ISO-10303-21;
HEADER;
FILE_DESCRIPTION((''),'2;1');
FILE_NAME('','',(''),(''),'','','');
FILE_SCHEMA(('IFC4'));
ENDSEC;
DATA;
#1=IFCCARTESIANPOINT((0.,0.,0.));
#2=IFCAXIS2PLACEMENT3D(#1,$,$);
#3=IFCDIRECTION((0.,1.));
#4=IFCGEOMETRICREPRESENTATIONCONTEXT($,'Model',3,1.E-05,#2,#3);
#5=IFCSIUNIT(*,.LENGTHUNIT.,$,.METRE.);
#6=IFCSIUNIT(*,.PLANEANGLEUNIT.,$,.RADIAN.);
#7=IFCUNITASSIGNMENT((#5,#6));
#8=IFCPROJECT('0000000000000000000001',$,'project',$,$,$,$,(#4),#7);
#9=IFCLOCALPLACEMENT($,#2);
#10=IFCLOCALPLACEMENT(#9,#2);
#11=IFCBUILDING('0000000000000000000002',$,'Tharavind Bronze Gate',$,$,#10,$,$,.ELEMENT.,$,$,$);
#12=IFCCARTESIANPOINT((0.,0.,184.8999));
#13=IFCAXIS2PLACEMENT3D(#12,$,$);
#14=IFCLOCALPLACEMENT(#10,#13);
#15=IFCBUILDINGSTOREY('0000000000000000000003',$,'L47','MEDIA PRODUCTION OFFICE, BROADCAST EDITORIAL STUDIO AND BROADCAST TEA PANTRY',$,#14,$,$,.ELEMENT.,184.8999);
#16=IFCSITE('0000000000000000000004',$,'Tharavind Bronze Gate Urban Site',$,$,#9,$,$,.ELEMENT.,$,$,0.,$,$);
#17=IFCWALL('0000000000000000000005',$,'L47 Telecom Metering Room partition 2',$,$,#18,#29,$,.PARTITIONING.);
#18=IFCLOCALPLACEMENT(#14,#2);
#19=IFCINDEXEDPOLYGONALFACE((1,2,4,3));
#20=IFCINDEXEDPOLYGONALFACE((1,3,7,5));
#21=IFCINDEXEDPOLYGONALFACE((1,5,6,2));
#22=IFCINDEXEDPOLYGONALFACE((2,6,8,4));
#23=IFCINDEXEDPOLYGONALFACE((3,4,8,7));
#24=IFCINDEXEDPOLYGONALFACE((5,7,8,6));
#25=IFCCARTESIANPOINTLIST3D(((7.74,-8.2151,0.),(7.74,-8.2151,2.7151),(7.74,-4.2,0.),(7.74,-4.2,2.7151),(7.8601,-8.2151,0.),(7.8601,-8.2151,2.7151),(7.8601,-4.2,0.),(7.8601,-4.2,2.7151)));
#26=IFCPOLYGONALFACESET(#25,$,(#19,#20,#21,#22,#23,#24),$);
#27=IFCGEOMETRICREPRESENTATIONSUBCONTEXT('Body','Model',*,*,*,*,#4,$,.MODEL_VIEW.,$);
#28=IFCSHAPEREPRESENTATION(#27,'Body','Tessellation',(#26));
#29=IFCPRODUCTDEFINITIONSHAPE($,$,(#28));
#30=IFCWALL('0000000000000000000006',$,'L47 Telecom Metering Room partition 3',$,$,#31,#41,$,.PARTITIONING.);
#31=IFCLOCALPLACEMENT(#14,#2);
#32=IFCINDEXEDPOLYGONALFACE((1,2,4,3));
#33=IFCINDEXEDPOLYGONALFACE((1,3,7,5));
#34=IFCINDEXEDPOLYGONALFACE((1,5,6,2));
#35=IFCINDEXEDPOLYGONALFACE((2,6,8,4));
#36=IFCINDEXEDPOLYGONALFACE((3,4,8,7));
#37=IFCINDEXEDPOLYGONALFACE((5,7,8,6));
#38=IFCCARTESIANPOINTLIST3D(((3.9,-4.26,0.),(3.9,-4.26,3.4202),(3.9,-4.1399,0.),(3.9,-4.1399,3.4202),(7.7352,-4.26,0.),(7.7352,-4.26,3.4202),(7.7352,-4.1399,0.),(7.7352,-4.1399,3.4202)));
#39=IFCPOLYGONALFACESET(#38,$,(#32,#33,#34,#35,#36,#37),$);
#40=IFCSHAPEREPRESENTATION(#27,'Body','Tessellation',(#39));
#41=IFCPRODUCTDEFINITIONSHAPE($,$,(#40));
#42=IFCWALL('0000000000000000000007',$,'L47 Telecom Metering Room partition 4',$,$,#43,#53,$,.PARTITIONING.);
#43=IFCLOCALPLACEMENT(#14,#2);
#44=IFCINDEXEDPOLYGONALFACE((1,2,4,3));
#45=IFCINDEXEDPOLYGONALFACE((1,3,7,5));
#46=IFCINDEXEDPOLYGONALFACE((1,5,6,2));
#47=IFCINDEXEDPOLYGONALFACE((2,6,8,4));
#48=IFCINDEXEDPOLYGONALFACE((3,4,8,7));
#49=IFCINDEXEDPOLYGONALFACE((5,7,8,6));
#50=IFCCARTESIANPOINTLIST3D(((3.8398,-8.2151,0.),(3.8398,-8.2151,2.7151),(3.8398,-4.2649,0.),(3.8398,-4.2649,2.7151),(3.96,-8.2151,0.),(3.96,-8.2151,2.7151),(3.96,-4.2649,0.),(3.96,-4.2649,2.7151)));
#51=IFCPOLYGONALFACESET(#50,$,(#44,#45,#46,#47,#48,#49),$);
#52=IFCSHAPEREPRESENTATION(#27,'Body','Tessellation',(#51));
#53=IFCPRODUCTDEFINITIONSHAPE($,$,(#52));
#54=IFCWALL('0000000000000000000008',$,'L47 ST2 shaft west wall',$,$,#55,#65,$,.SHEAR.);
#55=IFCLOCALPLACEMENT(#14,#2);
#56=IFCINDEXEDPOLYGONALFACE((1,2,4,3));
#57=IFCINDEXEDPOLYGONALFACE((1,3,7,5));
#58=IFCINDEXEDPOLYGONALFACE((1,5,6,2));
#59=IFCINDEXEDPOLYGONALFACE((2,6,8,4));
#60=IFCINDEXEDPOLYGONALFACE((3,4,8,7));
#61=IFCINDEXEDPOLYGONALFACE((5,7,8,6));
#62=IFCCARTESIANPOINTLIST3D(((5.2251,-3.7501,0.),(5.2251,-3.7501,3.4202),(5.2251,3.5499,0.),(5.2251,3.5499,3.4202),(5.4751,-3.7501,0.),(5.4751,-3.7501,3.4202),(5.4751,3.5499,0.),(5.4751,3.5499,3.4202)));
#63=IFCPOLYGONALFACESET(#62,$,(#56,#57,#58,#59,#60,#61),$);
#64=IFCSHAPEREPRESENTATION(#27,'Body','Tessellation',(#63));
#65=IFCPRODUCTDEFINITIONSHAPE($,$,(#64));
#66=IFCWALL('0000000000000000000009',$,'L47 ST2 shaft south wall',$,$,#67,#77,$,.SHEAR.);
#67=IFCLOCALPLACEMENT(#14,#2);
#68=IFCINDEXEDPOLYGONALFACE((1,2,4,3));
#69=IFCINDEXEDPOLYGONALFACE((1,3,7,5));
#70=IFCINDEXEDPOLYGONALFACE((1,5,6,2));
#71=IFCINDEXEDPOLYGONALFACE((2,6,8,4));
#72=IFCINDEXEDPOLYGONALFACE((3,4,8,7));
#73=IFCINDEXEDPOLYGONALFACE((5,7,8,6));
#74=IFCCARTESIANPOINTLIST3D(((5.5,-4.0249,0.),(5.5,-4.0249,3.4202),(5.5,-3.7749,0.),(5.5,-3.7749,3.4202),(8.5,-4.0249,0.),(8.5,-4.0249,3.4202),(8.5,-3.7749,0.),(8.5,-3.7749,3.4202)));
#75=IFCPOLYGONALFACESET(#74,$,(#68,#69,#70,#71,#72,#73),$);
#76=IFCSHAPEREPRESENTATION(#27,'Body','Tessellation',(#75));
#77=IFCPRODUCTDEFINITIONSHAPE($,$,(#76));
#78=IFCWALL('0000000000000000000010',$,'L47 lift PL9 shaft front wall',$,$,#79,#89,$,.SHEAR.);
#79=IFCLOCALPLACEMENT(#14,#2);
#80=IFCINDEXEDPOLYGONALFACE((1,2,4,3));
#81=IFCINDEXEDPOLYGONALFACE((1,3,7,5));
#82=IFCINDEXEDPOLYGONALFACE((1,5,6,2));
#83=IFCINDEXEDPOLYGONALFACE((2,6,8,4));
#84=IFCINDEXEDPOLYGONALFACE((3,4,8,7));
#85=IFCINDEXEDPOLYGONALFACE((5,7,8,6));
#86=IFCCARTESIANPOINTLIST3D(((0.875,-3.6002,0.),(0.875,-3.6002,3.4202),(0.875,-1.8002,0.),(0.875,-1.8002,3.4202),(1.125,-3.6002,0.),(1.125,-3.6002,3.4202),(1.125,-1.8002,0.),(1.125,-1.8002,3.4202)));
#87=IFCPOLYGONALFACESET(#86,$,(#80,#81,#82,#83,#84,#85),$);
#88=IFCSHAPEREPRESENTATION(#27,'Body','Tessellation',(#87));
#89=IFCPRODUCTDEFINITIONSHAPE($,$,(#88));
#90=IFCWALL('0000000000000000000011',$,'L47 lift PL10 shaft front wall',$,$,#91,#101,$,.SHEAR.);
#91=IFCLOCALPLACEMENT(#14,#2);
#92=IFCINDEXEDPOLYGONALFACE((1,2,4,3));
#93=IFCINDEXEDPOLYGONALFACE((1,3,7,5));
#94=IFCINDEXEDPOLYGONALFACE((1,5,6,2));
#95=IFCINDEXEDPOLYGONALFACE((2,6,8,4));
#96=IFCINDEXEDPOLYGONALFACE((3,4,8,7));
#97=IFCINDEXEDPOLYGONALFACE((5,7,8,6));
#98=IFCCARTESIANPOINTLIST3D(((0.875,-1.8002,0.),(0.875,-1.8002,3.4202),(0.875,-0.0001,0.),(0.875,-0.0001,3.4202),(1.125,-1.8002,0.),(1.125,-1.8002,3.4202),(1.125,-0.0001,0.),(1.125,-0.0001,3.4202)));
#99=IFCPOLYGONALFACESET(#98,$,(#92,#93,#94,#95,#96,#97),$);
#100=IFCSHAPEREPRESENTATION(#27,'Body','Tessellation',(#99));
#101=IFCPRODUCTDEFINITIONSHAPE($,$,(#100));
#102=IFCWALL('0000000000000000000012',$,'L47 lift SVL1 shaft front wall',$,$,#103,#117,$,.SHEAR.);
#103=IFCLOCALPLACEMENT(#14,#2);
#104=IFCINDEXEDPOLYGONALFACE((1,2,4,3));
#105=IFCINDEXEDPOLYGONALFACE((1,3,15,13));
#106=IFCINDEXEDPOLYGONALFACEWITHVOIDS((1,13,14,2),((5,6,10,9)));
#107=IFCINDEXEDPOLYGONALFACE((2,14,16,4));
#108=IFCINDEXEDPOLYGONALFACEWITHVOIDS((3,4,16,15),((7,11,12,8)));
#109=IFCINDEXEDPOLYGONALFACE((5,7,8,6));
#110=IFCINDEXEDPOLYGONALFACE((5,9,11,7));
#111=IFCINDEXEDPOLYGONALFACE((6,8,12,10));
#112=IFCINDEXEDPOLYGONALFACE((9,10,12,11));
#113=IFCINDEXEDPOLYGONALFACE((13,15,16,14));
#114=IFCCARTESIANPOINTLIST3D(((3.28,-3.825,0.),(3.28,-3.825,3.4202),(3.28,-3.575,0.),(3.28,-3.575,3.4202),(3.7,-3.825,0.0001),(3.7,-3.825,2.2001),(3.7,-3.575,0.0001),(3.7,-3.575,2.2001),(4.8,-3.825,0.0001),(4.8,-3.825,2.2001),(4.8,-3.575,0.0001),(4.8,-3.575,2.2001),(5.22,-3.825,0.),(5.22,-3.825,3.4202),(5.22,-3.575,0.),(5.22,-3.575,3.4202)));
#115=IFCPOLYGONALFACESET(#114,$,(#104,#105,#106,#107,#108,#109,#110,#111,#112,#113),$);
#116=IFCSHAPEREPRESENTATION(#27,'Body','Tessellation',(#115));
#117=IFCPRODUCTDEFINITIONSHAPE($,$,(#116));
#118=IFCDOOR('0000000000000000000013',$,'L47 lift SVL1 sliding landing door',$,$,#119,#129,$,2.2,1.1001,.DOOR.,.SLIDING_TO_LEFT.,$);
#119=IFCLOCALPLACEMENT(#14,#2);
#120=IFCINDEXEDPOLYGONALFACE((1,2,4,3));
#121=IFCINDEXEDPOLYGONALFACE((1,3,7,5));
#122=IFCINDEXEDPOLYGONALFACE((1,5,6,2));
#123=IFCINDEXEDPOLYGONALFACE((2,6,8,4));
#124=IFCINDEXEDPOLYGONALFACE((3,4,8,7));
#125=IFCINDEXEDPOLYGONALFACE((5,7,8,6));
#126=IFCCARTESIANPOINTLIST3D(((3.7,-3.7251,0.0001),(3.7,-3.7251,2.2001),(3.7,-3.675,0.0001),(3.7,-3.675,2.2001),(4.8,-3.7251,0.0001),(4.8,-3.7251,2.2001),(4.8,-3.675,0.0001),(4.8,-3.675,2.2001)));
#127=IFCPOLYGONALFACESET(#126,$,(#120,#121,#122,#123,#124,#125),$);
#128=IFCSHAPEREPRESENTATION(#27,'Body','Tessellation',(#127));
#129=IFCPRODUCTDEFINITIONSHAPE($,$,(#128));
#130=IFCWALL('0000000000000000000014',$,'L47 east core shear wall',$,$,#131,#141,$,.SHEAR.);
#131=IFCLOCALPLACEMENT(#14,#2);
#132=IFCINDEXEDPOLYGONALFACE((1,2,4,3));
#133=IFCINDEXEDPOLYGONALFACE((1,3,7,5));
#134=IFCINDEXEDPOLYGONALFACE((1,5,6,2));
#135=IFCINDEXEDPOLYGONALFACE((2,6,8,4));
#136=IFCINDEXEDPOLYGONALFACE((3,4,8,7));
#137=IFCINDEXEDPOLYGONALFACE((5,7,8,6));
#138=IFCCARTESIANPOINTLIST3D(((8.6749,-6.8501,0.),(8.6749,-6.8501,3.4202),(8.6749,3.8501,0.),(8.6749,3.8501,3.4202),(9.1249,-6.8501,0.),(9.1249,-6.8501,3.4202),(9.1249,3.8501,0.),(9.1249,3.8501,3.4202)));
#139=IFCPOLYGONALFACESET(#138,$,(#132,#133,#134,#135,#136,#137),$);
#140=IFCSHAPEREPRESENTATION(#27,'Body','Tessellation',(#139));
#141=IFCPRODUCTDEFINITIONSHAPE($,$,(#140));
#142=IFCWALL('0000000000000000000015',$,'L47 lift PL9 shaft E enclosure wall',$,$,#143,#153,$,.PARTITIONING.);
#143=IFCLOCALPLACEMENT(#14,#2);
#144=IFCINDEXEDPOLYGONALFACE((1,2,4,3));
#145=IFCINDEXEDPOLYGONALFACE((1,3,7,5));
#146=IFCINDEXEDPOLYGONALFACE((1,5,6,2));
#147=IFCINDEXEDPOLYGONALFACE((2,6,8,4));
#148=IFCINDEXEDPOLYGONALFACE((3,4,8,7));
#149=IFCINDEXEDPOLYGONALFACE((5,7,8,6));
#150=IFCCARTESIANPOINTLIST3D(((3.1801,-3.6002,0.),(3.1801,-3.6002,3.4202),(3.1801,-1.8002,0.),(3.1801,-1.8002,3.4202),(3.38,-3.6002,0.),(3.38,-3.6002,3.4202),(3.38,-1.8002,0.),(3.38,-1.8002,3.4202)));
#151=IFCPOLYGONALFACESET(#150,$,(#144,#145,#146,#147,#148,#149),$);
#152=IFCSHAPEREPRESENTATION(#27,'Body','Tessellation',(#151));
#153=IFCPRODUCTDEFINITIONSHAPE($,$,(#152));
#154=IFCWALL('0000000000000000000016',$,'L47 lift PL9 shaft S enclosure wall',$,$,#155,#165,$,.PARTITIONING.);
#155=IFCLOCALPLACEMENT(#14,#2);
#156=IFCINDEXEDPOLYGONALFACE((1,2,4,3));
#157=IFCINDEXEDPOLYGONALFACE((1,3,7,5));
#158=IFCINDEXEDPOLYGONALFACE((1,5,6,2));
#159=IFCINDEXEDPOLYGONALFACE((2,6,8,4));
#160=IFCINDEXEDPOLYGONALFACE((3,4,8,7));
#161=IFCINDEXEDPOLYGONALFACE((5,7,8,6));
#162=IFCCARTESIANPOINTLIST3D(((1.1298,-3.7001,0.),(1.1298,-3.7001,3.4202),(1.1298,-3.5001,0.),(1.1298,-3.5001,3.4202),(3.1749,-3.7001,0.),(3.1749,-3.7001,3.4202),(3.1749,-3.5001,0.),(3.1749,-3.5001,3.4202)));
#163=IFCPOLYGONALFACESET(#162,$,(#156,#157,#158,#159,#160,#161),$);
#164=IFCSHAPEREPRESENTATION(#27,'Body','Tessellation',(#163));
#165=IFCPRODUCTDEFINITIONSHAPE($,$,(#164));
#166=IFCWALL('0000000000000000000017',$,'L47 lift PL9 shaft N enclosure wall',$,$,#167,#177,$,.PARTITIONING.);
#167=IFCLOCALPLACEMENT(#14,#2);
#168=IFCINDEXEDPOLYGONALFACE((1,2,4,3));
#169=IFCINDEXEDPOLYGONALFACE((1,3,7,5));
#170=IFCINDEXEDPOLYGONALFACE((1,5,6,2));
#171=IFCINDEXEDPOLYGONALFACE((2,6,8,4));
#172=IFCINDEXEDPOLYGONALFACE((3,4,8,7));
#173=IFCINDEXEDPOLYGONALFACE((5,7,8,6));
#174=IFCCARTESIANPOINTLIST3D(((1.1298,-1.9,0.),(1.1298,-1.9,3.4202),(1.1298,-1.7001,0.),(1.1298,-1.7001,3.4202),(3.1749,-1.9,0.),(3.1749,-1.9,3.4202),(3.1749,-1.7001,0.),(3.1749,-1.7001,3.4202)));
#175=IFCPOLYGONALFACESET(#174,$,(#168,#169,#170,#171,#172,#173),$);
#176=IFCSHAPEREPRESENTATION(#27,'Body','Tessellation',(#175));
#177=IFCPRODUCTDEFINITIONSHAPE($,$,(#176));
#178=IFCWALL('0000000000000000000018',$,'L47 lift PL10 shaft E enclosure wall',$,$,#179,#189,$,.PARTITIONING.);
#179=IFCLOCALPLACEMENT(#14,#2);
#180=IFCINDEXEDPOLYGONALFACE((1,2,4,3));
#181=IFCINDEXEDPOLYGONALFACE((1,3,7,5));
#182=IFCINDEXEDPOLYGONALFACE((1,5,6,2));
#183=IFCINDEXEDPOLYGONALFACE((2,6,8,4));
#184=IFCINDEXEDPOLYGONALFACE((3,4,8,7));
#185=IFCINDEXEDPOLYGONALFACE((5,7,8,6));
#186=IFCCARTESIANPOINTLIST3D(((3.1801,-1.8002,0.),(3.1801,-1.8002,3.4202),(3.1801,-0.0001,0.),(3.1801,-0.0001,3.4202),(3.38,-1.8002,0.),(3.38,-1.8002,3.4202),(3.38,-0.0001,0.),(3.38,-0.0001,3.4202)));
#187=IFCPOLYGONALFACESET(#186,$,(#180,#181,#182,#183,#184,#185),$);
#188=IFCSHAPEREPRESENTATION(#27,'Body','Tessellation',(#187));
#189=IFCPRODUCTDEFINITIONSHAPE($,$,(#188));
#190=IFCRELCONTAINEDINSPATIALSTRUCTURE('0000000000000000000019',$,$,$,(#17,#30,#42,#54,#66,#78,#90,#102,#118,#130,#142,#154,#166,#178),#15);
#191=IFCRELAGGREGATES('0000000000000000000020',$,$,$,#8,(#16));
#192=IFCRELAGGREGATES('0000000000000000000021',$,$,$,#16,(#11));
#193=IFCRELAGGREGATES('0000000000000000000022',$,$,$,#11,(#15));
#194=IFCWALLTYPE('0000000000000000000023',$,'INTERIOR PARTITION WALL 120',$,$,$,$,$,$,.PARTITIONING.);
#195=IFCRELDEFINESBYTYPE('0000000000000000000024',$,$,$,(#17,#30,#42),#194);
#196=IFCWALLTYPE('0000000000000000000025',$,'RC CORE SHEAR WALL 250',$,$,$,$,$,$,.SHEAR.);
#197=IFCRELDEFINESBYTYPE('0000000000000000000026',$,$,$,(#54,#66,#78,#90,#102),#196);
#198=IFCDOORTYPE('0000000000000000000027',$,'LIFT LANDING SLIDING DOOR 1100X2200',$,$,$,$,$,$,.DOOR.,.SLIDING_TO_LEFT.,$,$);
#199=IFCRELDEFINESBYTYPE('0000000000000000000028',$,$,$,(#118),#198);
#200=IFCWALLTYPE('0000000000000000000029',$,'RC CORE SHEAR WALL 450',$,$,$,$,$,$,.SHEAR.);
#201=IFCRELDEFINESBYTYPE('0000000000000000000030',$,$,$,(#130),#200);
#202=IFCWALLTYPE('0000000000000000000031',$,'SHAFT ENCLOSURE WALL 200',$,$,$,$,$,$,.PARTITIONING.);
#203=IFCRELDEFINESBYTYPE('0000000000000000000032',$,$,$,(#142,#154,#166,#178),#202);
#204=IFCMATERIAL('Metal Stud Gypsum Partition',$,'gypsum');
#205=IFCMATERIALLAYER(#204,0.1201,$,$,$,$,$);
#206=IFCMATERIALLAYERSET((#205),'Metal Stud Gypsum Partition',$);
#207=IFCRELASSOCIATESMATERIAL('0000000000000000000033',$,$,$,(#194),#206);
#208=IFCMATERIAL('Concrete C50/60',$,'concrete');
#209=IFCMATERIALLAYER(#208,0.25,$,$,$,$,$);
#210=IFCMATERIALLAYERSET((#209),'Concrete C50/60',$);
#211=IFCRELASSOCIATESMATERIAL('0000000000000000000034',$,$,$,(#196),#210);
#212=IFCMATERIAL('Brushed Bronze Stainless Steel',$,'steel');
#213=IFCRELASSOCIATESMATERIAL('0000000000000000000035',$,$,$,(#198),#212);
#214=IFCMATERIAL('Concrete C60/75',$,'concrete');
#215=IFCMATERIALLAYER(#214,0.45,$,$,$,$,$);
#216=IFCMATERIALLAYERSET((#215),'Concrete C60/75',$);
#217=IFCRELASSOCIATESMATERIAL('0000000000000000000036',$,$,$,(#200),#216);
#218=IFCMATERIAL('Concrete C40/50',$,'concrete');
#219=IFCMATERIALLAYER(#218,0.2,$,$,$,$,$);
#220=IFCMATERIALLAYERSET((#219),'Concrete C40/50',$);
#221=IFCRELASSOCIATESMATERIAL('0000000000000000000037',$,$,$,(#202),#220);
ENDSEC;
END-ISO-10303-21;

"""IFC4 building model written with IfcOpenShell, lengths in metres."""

from ifc_helpers import new_model, si_unit, direction, frame, frame_2d, origin, place, context, subcontext, project, spatial, rectangle, extrude, material, layer, layer_set, type_object, element, fill, save


model = new_model("IFC4")

# Units and contexts
model_context = context("Model", 3, precision=1e-05, world=origin(), true_north=direction((0.0, 1.0)))
body_context = subcontext(model_context, "Body", "Model", "MODEL_VIEW")
ifc_project = project(units=[si_unit("LENGTHUNIT", "METRE"), si_unit("PLANEANGLEUNIT", "RADIAN")], contexts=[model_context])

# Site, building, storey
site_placement = place(None, origin())
site = spatial("IfcSite", under=ifc_project, at=site_placement, Name="Tharavind Bronze Gate Urban Site", CompositionType="ELEMENT", RefElevation=0.0)
building_placement = place(site_placement, origin())
building = spatial("IfcBuilding", under=site, at=building_placement, Name="Tharavind Bronze Gate", CompositionType="ELEMENT")
storey_placement = place(building_placement, frame((0.0, 0.0, 184.8999)))
storey = spatial("IfcBuildingStorey", under=building, at=storey_placement, Name="L47", Description="MEDIA PRODUCTION OFFICE, BROADCAST EDITORIAL STUDIO AND BROADCAST TEA PANTRY", CompositionType="ELEMENT", Elevation=184.8999)

# Shared definitions
ifc_material_1 = material(Name="Concrete C60/75", Category="concrete")

# Walls
ifc_material_2 = material(Name="Metal Stud Gypsum Partition", Category="gypsum")
ifc_layer_1 = layer(ifc_material_2, 0.1201)
ifc_layer_set_1 = layer_set([ifc_layer_1], Name="Metal Stud Gypsum Partition")
wall_type_1 = type_object("IfcWallType", Name="INTERIOR PARTITION WALL 120", PredefinedType="PARTITIONING", material=ifc_layer_set_1)
wall_1_placement = place(storey_placement, frame((7.8, -8.2151, 0.0), z_axis=(0.0, 0.0, 1.0), x_axis=(0.0, 1.0, 0.0)))
element("IfcWall", 1, at=wall_1_placement, inside=storey, type_object=wall_type_1, Name="L47 Telecom Metering Room partition 2", PredefinedType="PARTITIONING", context=body_context, shape_type="SweptSolid", body=[
    extrude(rectangle(XDim=4.0151, YDim=0.1201, at=frame_2d((2.0076, 0.0))), origin(), (0.0, 0.0, 1.0), 2.7151),
])
wall_2_placement = place(storey_placement, frame((7.7351, -4.2, 0.0), z_axis=(0.0, 0.0, 1.0), x_axis=(-1.0, 0.0, 0.0)))
element("IfcWall", 2, at=wall_2_placement, inside=storey, type_object=wall_type_1, Name="L47 Telecom Metering Room partition 3", PredefinedType="PARTITIONING", context=body_context, shape_type="SweptSolid", body=[
    extrude(rectangle(XDim=3.8352, YDim=0.1201, at=frame_2d((1.9175, 0.0))), origin(), (0.0, 0.0, 1.0), 3.4202),
])
wall_3_placement = place(storey_placement, frame((3.8999, -4.2649, 0.0), z_axis=(0.0, 0.0, 1.0), x_axis=(0.0, -1.0, 0.0)))
element("IfcWall", 3, at=wall_3_placement, inside=storey, type_object=wall_type_1, Name="L47 Telecom Metering Room partition 4", PredefinedType="PARTITIONING", context=body_context, shape_type="SweptSolid", body=[
    extrude(rectangle(XDim=3.9502, YDim=0.1201, at=frame_2d((1.9751, 0.0))), origin(), (0.0, 0.0, 1.0), 2.7151),
])
ifc_material_3 = material(Name="Concrete C50/60", Category="concrete")
ifc_layer_2 = layer(ifc_material_3, 0.25)
ifc_layer_set_2 = layer_set([ifc_layer_2], Name="Concrete C50/60")
wall_type_2 = type_object("IfcWallType", Name="RC CORE SHEAR WALL 250", PredefinedType="SHEAR", material=ifc_layer_set_2)
wall_4_placement = place(storey_placement, frame((5.3501, -3.75, 0.0), z_axis=(0.0, 0.0, 1.0), x_axis=(0.0, 1.0, 0.0)))
element("IfcWall", 4, at=wall_4_placement, inside=storey, type_object=wall_type_2, Name="L47 ST2 shaft west wall", PredefinedType="SHEAR", context=body_context, shape_type="SweptSolid", body=[
    extrude(rectangle(XDim=7.3, YDim=0.25, at=frame_2d((3.6499, 0.0))), origin(), (0.0, 0.0, 1.0), 3.4202),
])
wall_5_placement = place(storey_placement, frame((5.5, -3.8999, 0.0), z_axis=(0.0, 0.0, 1.0), x_axis=(1.0, 0.0, 0.0)))
element("IfcWall", 5, at=wall_5_placement, inside=storey, type_object=wall_type_2, Name="L47 ST2 shaft south wall", PredefinedType="SHEAR", context=body_context, shape_type="SweptSolid", body=[
    extrude(rectangle(XDim=3.0, YDim=0.25, at=frame_2d((1.5, 0.0))), origin(), (0.0, 0.0, 1.0), 3.4202),
])
for number, where, z_axis, x_axis, name in (
    (6, (1.0, -3.6001, 0.0), (0.0, 0.0, 1.0), (0.0, 1.0, 0.0), "L47 lift PL9 shaft front wall"),
    (7, (1.0, -1.8, 0.0), (0.0, 0.0, 1.0), (0.0, 1.0, 0.0), "L47 lift PL10 shaft front wall"),
):
    element("IfcWall", number, at=place(storey_placement, frame(where, z_axis=z_axis, x_axis=x_axis)), inside=storey, type_object=wall_type_2, Name=name, PredefinedType="SHEAR", context=body_context, shape_type="SweptSolid", body=[
        extrude(rectangle(XDim=1.8, YDim=0.25, at=frame_2d((0.8999, 0.0))), origin(), (0.0, 0.0, 1.0), 3.4202),
    ])

# Wall, opening, door
wall_6_placement = place(storey_placement, frame((3.28, -3.7, 0.0), z_axis=(0.0, 0.0, 1.0), x_axis=(1.0, 0.0, 0.0)))
wall_6 = element("IfcWall", 8, at=wall_6_placement, inside=storey, type_object=wall_type_2, Name="L47 lift SVL1 shaft front wall", PredefinedType="SHEAR", context=body_context, shape_type="SweptSolid", body=[
    extrude(rectangle(XDim=1.9399, YDim=0.25, at=frame_2d((0.97, 0.0))), origin(), (0.0, 0.0, 1.0), 3.4202),
])
opening_placement = place(wall_6_placement, frame((0.4199, 0.0, 0.0)))
opening = element("IfcOpeningElement", 9, at=opening_placement, cuts=wall_6, PredefinedType="OPENING", context=body_context, shape_type="SweptSolid", body=[
    extrude(rectangle(XDim=1.1001, YDim=2.2, at=frame_2d((0.55, 1.1001))), frame((0.0, 0.135, 0.0), z_axis=(0.0, -1.0, 0.0), x_axis=(1.0, 0.0, 0.0)), (0.0, 0.0, 1.0), 0.27),
])
ifc_material_4 = material(Name="Brushed Bronze Stainless Steel", Category="steel")
door_type = type_object("IfcDoorType", Name="LIFT LANDING SLIDING DOOR 1100X2200", OperationType="SLIDING_TO_LEFT", PredefinedType="DOOR", material=ifc_material_4)
door_placement = place(opening_placement, origin())
door = element("IfcDoor", 10, at=door_placement, inside=storey, type_object=door_type, Name="L47 lift SVL1 sliding landing door", OperationType="SLIDING_TO_LEFT", OverallHeight=2.2, OverallWidth=1.1001, PredefinedType="DOOR", context=body_context, shape_type="SweptSolid", body=[
    extrude(rectangle(XDim=1.1001, YDim=2.2, at=frame_2d((0.55, 1.1001))), frame((0.0, 0.0249, 0.0), z_axis=(0.0, -1.0, 0.0), x_axis=(1.0, 0.0, 0.0)), (0.0, 0.0, 1.0), 0.05),
])
fill(opening, door)

# Walls
ifc_layer_3 = layer(ifc_material_1, 0.45)
ifc_layer_set_3 = layer_set([ifc_layer_3], Name="Concrete C60/75")
wall_type_3 = type_object("IfcWallType", Name="RC CORE SHEAR WALL 450", PredefinedType="SHEAR", material=ifc_layer_set_3)
wall_7_placement = place(storey_placement, frame((8.8999, -6.8501, 0.0), z_axis=(0.0, 0.0, 1.0), x_axis=(0.0, 1.0, 0.0)))
element("IfcWall", 11, at=wall_7_placement, inside=storey, type_object=wall_type_3, Name="L47 east core shear wall", PredefinedType="SHEAR", context=body_context, shape_type="SweptSolid", body=[
    extrude(rectangle(XDim=10.7002, YDim=0.45, at=frame_2d((5.3501, 0.0))), origin(), (0.0, 0.0, 1.0), 3.4202),
])
ifc_material_5 = material(Name="Concrete C40/50", Category="concrete")
ifc_layer_4 = layer(ifc_material_5, 0.2)
ifc_layer_set_4 = layer_set([ifc_layer_4], Name="Concrete C40/50")
wall_type_4 = type_object("IfcWallType", Name="SHAFT ENCLOSURE WALL 200", PredefinedType="PARTITIONING", material=ifc_layer_set_4)
wall_8_placement = place(storey_placement, frame((3.28, -3.6001, 0.0), z_axis=(0.0, 0.0, 1.0), x_axis=(0.0, 1.0, 0.0)))
element("IfcWall", 12, at=wall_8_placement, inside=storey, type_object=wall_type_4, Name="L47 lift PL9 shaft E enclosure wall", PredefinedType="PARTITIONING", context=body_context, shape_type="SweptSolid", body=[
    extrude(rectangle(XDim=1.8, YDim=0.2, at=frame_2d((0.8999, 0.0))), origin(), (0.0, 0.0, 1.0), 3.4202),
])
for number, where, z_axis, x_axis, name in (
    (13, (1.1299, -3.6001, 0.0), (0.0, 0.0, 1.0), (1.0, 0.0, 0.0), "L47 lift PL9 shaft S enclosure wall"),
    (14, (1.1299, -1.8, 0.0), (0.0, 0.0, 1.0), (1.0, 0.0, 0.0), "L47 lift PL9 shaft N enclosure wall"),
):
    element("IfcWall", number, at=place(storey_placement, frame(where, z_axis=z_axis, x_axis=x_axis)), inside=storey, type_object=wall_type_4, Name=name, PredefinedType="PARTITIONING", context=body_context, shape_type="SweptSolid", body=[
        extrude(rectangle(XDim=2.0452, YDim=0.2, at=frame_2d((1.0225, 0.0))), origin(), (0.0, 0.0, 1.0), 3.4202),
    ])
wall_9_placement = place(storey_placement, frame((3.28, -1.8, 0.0), z_axis=(0.0, 0.0, 1.0), x_axis=(0.0, 1.0, 0.0)))
element("IfcWall", 15, at=wall_9_placement, inside=storey, type_object=wall_type_4, Name="L47 lift PL10 shaft E enclosure wall", PredefinedType="PARTITIONING", context=body_context, shape_type="SweptSolid", body=[
    extrude(rectangle(XDim=1.8, YDim=0.2, at=frame_2d((0.8999, 0.0))), origin(), (0.0, 0.0, 1.0), 3.4202),
])

save(model, "model.ifc")
